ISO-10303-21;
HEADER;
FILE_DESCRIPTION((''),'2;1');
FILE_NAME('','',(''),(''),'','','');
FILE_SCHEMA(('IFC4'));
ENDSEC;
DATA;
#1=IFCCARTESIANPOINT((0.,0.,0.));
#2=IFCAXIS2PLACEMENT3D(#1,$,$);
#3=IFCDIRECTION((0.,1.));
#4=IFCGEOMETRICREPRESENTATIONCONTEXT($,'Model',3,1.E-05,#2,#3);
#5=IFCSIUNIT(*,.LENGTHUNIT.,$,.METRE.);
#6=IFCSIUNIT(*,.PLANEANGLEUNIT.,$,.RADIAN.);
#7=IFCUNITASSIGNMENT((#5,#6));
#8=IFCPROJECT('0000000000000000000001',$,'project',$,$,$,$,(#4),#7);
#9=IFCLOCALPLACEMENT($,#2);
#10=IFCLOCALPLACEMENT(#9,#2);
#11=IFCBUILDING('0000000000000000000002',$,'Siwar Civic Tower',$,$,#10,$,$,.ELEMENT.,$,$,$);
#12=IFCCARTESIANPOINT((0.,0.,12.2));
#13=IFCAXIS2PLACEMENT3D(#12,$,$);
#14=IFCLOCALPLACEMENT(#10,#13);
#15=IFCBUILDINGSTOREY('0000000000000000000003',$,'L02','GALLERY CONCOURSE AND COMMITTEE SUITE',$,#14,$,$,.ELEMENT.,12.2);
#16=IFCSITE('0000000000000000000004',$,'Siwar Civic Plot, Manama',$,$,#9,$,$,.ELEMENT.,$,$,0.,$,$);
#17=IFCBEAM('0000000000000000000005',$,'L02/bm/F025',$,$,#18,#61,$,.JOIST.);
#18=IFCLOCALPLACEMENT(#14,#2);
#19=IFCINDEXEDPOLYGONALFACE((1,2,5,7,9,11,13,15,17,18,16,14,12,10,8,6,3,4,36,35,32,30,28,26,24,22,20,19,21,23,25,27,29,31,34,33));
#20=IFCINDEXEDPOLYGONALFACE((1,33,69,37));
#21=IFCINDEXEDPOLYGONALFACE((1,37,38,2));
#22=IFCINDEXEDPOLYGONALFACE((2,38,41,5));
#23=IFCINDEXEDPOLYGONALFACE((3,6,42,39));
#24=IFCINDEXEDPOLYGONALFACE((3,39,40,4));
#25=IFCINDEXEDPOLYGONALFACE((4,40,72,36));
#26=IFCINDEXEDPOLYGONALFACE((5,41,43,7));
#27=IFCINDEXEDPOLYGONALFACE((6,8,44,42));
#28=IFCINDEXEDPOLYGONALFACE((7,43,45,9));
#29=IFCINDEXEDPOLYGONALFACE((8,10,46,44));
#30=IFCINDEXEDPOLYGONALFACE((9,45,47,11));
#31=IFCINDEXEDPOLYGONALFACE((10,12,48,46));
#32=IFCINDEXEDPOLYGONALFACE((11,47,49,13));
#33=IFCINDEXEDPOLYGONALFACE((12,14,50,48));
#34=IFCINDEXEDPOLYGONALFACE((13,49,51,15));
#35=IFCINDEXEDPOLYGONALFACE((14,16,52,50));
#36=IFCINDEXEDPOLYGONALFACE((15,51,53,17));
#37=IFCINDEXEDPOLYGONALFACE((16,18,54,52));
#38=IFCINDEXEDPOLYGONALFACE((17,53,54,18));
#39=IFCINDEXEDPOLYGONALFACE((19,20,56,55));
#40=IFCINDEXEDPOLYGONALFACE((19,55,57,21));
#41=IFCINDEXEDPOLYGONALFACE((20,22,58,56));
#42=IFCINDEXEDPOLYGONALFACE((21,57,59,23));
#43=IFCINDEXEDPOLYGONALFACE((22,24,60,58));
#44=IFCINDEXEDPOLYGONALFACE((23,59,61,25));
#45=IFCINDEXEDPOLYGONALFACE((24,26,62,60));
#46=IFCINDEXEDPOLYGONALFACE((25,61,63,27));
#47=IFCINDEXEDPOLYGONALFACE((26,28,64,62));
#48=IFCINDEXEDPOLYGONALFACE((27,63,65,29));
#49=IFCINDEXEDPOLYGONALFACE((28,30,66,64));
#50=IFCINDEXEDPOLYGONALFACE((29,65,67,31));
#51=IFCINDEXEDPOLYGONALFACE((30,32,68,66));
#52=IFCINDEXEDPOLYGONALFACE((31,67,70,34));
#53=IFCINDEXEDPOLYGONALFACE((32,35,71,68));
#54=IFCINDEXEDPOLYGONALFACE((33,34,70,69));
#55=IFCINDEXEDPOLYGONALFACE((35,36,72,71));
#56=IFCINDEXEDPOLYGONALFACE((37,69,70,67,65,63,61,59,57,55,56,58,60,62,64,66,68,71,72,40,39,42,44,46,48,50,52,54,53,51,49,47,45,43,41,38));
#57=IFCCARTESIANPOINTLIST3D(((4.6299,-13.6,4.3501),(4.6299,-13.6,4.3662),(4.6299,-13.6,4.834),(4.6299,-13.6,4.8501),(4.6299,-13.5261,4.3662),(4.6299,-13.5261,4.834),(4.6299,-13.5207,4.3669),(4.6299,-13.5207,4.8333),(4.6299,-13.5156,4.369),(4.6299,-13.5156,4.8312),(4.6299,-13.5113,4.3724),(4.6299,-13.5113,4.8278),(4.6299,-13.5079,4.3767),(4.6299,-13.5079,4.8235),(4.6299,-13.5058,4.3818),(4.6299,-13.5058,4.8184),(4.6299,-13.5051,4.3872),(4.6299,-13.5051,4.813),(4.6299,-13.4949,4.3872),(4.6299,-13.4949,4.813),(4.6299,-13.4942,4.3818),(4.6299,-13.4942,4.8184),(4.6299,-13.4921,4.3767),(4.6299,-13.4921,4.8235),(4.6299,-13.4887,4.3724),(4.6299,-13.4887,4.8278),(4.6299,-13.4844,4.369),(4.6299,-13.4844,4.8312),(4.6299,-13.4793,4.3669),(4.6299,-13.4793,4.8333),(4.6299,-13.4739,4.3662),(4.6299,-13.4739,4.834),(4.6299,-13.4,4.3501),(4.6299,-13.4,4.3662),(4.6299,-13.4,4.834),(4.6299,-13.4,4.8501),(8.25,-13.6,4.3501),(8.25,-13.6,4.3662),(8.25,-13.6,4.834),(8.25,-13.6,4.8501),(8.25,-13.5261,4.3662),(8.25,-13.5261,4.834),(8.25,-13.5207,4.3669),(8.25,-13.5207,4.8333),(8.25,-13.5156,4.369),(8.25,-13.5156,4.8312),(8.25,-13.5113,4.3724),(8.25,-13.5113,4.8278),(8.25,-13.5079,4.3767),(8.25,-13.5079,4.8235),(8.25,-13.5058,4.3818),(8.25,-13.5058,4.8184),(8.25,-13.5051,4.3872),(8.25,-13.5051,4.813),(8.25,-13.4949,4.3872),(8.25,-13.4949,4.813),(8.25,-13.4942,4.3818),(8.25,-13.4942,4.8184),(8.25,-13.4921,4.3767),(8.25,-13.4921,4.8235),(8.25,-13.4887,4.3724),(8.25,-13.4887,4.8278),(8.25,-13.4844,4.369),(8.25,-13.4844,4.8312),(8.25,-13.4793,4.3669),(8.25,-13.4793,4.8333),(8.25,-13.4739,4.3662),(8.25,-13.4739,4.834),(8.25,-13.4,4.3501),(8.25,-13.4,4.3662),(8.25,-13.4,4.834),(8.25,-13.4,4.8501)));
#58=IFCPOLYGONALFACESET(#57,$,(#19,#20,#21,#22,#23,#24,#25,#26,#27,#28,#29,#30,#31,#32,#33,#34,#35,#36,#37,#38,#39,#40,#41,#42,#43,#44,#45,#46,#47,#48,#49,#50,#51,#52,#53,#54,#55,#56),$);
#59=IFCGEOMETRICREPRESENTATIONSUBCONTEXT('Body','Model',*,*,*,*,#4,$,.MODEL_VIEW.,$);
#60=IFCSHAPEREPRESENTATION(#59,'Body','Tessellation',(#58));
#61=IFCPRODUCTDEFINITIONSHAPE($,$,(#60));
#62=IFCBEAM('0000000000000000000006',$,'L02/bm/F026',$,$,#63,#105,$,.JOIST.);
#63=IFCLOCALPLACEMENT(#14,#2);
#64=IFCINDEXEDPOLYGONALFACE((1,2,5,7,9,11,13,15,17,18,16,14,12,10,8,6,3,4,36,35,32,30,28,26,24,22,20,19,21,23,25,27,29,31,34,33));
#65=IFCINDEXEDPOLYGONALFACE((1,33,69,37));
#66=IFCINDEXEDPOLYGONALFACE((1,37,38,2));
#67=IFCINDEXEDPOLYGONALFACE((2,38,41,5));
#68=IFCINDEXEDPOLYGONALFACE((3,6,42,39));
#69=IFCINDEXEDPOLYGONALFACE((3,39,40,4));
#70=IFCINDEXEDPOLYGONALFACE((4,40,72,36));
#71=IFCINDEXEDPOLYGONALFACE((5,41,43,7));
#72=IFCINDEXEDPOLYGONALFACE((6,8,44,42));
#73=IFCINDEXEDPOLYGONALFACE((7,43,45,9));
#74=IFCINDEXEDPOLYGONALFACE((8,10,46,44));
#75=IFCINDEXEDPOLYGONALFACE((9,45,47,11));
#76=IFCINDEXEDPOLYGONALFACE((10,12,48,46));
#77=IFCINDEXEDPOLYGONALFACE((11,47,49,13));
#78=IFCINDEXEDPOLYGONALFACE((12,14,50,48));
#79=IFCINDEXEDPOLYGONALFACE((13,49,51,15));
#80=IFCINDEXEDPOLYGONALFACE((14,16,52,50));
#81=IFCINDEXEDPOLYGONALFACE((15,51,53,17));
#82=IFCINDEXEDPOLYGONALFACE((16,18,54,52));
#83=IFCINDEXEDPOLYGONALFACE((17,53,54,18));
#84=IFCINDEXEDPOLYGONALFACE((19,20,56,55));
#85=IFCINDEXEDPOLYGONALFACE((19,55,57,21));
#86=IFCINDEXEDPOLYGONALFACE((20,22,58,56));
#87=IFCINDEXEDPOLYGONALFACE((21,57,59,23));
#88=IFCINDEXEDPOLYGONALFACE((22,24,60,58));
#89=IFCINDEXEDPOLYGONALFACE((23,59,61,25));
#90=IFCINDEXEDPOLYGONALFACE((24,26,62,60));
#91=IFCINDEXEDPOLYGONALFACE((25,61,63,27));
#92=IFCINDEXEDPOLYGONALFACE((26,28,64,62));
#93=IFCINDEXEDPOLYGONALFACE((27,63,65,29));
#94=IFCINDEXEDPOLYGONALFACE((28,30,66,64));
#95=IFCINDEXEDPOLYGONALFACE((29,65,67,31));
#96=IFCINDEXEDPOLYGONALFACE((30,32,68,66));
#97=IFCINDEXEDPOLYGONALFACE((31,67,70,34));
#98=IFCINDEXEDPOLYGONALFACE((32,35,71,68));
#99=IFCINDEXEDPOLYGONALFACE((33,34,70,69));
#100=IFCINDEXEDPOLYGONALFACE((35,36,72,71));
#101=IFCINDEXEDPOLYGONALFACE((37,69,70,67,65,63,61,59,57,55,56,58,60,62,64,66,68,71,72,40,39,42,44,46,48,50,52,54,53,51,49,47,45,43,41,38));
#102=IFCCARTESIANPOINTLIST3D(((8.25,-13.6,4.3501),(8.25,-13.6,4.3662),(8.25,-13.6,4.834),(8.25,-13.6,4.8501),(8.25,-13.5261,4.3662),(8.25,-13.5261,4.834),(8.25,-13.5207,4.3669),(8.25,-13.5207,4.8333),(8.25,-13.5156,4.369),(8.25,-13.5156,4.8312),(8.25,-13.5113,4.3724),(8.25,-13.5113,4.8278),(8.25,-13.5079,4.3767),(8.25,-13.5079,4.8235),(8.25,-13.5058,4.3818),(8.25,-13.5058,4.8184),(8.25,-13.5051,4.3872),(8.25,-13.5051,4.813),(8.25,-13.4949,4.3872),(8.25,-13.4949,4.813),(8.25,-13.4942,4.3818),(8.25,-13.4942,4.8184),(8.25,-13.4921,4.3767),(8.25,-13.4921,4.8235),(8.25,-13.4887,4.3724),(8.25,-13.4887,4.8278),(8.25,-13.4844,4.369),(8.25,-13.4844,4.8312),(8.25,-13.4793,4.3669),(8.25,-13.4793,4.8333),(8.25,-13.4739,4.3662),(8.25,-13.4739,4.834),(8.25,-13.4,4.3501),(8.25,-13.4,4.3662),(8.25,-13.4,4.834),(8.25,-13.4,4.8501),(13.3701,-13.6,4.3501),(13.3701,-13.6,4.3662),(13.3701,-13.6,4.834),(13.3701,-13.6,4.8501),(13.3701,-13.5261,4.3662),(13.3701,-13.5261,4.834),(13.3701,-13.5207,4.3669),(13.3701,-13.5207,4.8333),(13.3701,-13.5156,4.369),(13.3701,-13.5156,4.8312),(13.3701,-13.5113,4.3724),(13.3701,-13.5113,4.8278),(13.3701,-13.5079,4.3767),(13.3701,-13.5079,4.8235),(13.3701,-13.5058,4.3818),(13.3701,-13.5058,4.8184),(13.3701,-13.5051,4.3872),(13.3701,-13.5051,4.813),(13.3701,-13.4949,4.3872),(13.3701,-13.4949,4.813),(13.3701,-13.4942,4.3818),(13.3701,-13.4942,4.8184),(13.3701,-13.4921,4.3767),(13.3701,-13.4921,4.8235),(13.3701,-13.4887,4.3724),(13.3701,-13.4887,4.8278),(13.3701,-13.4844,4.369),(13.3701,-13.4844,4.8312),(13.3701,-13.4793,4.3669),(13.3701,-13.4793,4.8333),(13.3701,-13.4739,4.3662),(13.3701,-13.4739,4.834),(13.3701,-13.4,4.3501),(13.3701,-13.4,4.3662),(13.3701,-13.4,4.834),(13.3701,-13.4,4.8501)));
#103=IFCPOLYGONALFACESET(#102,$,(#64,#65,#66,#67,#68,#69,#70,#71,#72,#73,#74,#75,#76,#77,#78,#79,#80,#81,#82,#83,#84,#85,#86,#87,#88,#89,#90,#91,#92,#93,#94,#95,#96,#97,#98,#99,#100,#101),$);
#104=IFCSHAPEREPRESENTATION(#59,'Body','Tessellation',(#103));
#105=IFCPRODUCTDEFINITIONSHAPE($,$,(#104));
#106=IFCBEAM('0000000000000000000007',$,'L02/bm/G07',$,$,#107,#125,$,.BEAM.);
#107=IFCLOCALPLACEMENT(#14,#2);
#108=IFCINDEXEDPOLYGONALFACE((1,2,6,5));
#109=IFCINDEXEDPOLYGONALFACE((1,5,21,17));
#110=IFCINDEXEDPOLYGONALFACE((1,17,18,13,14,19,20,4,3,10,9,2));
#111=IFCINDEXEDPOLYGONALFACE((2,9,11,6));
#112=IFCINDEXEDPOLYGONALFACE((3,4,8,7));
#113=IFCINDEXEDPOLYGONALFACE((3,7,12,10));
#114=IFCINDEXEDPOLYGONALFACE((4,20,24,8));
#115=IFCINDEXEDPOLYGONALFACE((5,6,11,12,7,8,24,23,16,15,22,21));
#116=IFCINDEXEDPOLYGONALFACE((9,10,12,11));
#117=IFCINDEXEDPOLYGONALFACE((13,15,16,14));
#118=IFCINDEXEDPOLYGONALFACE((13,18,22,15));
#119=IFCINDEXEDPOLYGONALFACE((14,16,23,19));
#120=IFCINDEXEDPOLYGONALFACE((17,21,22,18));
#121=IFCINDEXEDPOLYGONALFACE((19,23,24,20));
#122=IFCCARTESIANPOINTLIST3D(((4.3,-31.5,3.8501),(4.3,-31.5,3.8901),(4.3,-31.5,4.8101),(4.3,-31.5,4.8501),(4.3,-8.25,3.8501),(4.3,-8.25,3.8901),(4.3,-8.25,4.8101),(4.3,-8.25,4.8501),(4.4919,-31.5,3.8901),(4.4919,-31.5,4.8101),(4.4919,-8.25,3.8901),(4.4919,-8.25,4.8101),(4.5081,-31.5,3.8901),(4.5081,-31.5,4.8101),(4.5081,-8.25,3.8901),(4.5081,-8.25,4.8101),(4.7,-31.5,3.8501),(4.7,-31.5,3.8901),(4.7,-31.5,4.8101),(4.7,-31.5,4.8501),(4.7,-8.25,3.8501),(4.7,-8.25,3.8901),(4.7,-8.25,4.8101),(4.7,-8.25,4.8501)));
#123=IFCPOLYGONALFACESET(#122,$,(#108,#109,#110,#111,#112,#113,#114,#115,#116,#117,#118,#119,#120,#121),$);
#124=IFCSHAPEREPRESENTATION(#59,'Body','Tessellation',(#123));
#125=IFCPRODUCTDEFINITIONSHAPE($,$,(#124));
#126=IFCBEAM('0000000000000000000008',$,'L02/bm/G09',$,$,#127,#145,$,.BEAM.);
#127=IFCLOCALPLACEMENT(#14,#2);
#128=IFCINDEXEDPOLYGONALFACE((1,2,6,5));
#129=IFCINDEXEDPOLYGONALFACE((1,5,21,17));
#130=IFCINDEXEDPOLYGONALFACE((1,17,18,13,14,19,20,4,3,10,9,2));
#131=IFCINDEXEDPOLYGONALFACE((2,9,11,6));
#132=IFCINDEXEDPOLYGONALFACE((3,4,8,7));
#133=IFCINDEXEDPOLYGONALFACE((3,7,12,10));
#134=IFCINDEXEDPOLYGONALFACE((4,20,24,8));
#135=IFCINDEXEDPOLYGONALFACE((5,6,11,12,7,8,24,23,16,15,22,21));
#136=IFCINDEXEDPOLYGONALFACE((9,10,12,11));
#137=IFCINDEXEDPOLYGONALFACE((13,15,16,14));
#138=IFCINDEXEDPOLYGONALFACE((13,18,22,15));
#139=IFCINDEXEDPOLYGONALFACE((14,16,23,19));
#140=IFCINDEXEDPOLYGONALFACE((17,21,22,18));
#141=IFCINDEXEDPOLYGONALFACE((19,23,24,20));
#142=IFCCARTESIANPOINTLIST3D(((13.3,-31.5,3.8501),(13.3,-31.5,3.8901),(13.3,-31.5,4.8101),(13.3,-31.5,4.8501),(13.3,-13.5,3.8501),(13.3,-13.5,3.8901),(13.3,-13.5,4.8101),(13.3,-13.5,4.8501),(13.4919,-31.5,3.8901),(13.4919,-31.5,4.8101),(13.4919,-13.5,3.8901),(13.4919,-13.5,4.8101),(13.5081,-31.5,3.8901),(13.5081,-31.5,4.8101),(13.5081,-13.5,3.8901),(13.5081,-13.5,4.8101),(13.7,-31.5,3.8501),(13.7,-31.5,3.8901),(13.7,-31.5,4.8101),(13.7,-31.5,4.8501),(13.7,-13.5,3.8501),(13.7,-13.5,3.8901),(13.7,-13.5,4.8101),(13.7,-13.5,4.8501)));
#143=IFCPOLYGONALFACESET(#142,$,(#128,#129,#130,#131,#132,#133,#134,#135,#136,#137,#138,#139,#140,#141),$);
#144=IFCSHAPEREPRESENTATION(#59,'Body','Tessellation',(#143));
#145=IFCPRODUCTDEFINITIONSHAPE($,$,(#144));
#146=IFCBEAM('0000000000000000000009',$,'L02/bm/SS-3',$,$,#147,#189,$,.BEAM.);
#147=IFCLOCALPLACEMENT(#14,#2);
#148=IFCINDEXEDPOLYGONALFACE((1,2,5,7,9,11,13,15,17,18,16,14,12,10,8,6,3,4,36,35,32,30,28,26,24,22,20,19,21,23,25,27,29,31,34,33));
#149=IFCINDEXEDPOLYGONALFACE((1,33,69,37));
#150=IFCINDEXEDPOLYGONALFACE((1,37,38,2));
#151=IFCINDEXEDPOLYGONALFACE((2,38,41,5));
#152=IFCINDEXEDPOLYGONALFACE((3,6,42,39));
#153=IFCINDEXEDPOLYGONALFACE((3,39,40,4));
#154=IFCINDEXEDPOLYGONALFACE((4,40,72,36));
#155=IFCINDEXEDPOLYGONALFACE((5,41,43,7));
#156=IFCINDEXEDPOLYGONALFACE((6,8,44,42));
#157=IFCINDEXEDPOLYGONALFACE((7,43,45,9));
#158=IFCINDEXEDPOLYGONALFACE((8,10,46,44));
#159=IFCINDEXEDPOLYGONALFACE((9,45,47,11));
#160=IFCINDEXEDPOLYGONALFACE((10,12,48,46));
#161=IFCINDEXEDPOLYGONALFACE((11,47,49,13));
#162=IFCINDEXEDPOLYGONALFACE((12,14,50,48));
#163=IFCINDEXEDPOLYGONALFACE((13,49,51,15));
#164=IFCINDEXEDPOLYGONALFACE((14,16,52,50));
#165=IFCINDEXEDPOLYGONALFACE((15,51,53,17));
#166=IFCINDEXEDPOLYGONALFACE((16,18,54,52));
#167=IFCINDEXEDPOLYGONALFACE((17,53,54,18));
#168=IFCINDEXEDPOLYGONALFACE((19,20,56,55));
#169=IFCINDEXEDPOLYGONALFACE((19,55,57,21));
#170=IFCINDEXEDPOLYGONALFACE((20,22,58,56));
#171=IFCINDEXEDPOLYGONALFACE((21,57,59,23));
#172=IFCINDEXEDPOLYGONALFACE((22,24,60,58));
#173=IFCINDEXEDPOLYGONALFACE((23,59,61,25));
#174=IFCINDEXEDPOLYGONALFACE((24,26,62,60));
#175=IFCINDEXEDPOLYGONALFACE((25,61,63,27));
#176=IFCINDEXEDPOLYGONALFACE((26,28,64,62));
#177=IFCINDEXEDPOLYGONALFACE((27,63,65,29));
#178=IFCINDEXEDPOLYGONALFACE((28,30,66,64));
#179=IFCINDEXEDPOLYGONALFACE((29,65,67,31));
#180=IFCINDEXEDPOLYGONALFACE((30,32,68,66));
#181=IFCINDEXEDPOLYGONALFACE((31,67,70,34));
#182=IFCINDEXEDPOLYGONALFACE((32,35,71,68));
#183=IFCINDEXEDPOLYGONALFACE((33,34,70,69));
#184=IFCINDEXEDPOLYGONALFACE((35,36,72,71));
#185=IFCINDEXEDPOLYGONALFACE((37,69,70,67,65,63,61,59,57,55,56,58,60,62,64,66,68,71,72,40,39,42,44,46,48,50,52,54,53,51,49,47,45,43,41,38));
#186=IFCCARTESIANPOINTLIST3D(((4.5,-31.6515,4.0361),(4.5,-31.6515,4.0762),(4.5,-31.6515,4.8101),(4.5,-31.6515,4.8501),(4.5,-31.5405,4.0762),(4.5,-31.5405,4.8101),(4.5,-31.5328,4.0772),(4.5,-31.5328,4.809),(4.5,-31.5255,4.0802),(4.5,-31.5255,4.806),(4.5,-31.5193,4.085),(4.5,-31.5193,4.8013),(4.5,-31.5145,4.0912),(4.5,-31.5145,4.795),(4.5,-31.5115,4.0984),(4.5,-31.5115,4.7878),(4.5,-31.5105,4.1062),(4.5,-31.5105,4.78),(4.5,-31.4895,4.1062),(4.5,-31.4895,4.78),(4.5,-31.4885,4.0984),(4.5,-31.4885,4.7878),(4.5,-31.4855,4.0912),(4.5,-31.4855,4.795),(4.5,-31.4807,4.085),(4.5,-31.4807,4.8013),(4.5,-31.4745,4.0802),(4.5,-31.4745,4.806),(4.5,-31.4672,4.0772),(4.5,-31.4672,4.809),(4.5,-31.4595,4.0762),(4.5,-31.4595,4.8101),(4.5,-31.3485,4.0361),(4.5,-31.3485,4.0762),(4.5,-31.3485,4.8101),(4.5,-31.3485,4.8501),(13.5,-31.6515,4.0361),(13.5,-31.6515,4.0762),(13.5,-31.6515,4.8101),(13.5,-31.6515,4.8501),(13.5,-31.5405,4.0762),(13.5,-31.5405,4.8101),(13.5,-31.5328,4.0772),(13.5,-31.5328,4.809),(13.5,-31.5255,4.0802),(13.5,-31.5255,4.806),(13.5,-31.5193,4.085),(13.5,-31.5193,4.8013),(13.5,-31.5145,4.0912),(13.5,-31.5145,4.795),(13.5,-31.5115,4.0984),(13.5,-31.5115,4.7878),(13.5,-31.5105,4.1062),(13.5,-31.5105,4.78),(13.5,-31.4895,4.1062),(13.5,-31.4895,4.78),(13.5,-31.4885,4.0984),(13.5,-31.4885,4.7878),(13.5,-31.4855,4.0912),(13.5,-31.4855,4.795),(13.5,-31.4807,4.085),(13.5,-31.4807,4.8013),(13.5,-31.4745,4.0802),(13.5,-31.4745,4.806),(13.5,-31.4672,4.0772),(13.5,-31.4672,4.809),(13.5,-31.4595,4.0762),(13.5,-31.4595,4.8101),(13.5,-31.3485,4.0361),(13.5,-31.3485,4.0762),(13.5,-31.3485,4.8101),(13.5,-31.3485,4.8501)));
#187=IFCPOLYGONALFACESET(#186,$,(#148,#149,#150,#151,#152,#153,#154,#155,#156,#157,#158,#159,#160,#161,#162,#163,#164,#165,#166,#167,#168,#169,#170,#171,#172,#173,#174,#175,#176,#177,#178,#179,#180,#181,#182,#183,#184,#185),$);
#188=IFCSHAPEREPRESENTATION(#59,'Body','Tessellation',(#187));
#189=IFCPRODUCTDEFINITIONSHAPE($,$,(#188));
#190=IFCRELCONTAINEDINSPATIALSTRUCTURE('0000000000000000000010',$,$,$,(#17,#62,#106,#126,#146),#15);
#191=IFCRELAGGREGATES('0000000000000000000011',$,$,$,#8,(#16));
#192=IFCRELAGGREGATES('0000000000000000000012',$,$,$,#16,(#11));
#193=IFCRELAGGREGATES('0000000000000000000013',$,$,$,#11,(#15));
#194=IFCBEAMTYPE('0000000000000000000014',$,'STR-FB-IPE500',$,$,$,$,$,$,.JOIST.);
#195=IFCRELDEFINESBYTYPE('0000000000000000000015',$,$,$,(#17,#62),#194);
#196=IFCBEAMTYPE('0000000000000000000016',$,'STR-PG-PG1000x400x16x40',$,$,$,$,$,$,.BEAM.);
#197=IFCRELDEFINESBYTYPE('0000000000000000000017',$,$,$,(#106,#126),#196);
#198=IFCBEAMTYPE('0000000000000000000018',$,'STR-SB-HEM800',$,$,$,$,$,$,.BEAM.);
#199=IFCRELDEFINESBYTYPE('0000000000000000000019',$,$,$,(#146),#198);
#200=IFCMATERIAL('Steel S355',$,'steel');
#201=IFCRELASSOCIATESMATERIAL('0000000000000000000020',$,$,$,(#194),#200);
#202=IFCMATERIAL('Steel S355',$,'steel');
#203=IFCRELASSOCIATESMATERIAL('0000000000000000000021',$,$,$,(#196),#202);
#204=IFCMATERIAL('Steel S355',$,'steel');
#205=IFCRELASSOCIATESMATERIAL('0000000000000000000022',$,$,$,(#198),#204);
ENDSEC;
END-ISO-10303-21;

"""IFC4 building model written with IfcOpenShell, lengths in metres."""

from ifc_helpers import new_model, si_unit, direction, frame, origin, origin_2d, place, context, subcontext, project, spatial, i_section, extrude, material, material_profile, profile_set, type_object, element, save


model = new_model("IFC4")

# Units and contexts
model_context = context("Model", 3, precision=1e-05, world=origin(), true_north=direction((0.0, 1.0)))
body_context = subcontext(model_context, "Body", "Model", "MODEL_VIEW")
ifc_project = project(units=[si_unit("LENGTHUNIT", "METRE"), si_unit("PLANEANGLEUNIT", "RADIAN")], contexts=[model_context])

# Site, building, storey
site_placement = place(None, origin())
site = spatial("IfcSite", under=ifc_project, at=site_placement, Name="Siwar Civic Plot, Manama", CompositionType="ELEMENT", RefElevation=0.0)
building_placement = place(site_placement, origin())
building = spatial("IfcBuilding", under=site, at=building_placement, Name="Siwar Civic Tower", CompositionType="ELEMENT")
storey_placement = place(building_placement, frame((0.0, 0.0, 12.2)))
storey = spatial("IfcBuildingStorey", under=building, at=storey_placement, Name="L02", Description="GALLERY CONCOURSE AND COMMITTEE SUITE", CompositionType="ELEMENT", Elevation=12.2)

# Beams
ifc_material_1 = material(Name="Steel S355", Category="steel")
ifc_material_profile_1 = material_profile(ifc_material_1, i_section(OverallWidth=0.2, OverallDepth=0.5, WebThickness=0.0103, FlangeThickness=0.0161, FilletRadius=0.021, at=origin_2d()), Name="IPE500")
ifc_profile_set_1 = profile_set([ifc_material_profile_1], Name="Steel S355")
beam_type_1 = type_object("IfcBeamType", Name="STR-FB-IPE500", PredefinedType="JOIST", material=ifc_profile_set_1)
beam_1_placement = place(storey_placement, frame((4.6299, -13.5, 4.6001), z_axis=(1.0, 0.0, 0.0), x_axis=(0.0, 1.0, 0.0)))
element("IfcBeam", 1, at=beam_1_placement, inside=storey, type_object=beam_type_1, Name="L02/bm/F025", PredefinedType="JOIST", context=body_context, shape_type="SweptSolid", body=[
    extrude(i_section(OverallWidth=0.2, OverallDepth=0.5, WebThickness=0.0103, FlangeThickness=0.0161, FilletRadius=0.021, at=origin_2d()), origin(), (0.0, 0.0, 1.0), 3.6201),
])
beam_2_placement = place(storey_placement, frame((8.25, -13.5, 4.6001), z_axis=(1.0, 0.0, 0.0), x_axis=(0.0, 1.0, 0.0)))
element("IfcBeam", 2, at=beam_2_placement, inside=storey, type_object=beam_type_1, Name="L02/bm/F026", PredefinedType="JOIST", context=body_context, shape_type="SweptSolid", body=[
    extrude(i_section(OverallWidth=0.2, OverallDepth=0.5, WebThickness=0.0103, FlangeThickness=0.0161, FilletRadius=0.021, at=origin_2d()), origin(), (0.0, 0.0, 1.0), 5.1201),
])
ifc_material_2 = material(Name="Steel S355", Category="steel")
ifc_material_profile_2 = material_profile(ifc_material_2, i_section(OverallWidth=0.3999, OverallDepth=1.0, WebThickness=0.0161, FlangeThickness=0.04, at=origin_2d()), Name="PG1000x400x16x40")
ifc_profile_set_2 = profile_set([ifc_material_profile_2], Name="Steel S355")
beam_type_2 = type_object("IfcBeamType", Name="STR-PG-PG1000x400x16x40", PredefinedType="BEAM", material=ifc_profile_set_2)
beam_3_placement = place(storey_placement, frame((4.5, -31.5, 4.3501), z_axis=(0.0, 1.0, 0.0), x_axis=(-1.0, 0.0, 0.0)))
element("IfcBeam", 3, at=beam_3_placement, inside=storey, type_object=beam_type_2, Name="L02/bm/G07", PredefinedType="BEAM", context=body_context, shape_type="SweptSolid", body=[
    extrude(i_section(OverallWidth=0.3999, OverallDepth=1.0, WebThickness=0.0161, FlangeThickness=0.04, at=origin_2d()), origin(), (0.0, 0.0, 1.0), 23.25),
])
beam_4_placement = place(storey_placement, frame((13.5, -31.5, 4.3501), z_axis=(0.0, 1.0, 0.0), x_axis=(-1.0, 0.0, 0.0)))
element("IfcBeam", 4, at=beam_4_placement, inside=storey, type_object=beam_type_2, Name="L02/bm/G09", PredefinedType="BEAM", context=body_context, shape_type="SweptSolid", body=[
    extrude(i_section(OverallWidth=0.3999, OverallDepth=1.0, WebThickness=0.0161, FlangeThickness=0.04, at=origin_2d()), origin(), (0.0, 0.0, 1.0), 18.0),
])
ifc_material_3 = material(Name="Steel S355", Category="steel")
ifc_material_profile_3 = material_profile(ifc_material_3, i_section(OverallWidth=0.303, OverallDepth=0.814, WebThickness=0.021, FlangeThickness=0.04, FilletRadius=0.03, at=origin_2d()), Name="HEM800")
ifc_profile_set_3 = profile_set([ifc_material_profile_3], Name="Steel S355")
beam_type_3 = type_object("IfcBeamType", Name="STR-SB-HEM800", PredefinedType="BEAM", material=ifc_profile_set_3)
for number, where, z_axis, x_axis, name in (
    (5, (4.5, -31.5, 4.4431), (1.0, 0.0, 0.0), (0.0, 1.0, 0.0), "L02/bm/SS-3"),
):
    element("IfcBeam", number, at=place(storey_placement, frame(where, z_axis=z_axis, x_axis=x_axis)), inside=storey, type_object=beam_type_3, Name=name, PredefinedType="BEAM", context=body_context, shape_type="SweptSolid", body=[
        extrude(i_section(OverallWidth=0.303, OverallDepth=0.814, WebThickness=0.021, FlangeThickness=0.04, FilletRadius=0.03, at=origin_2d()), origin(), (0.0, 0.0, 1.0), 9.0),
    ])

save(model, "model.ifc")
